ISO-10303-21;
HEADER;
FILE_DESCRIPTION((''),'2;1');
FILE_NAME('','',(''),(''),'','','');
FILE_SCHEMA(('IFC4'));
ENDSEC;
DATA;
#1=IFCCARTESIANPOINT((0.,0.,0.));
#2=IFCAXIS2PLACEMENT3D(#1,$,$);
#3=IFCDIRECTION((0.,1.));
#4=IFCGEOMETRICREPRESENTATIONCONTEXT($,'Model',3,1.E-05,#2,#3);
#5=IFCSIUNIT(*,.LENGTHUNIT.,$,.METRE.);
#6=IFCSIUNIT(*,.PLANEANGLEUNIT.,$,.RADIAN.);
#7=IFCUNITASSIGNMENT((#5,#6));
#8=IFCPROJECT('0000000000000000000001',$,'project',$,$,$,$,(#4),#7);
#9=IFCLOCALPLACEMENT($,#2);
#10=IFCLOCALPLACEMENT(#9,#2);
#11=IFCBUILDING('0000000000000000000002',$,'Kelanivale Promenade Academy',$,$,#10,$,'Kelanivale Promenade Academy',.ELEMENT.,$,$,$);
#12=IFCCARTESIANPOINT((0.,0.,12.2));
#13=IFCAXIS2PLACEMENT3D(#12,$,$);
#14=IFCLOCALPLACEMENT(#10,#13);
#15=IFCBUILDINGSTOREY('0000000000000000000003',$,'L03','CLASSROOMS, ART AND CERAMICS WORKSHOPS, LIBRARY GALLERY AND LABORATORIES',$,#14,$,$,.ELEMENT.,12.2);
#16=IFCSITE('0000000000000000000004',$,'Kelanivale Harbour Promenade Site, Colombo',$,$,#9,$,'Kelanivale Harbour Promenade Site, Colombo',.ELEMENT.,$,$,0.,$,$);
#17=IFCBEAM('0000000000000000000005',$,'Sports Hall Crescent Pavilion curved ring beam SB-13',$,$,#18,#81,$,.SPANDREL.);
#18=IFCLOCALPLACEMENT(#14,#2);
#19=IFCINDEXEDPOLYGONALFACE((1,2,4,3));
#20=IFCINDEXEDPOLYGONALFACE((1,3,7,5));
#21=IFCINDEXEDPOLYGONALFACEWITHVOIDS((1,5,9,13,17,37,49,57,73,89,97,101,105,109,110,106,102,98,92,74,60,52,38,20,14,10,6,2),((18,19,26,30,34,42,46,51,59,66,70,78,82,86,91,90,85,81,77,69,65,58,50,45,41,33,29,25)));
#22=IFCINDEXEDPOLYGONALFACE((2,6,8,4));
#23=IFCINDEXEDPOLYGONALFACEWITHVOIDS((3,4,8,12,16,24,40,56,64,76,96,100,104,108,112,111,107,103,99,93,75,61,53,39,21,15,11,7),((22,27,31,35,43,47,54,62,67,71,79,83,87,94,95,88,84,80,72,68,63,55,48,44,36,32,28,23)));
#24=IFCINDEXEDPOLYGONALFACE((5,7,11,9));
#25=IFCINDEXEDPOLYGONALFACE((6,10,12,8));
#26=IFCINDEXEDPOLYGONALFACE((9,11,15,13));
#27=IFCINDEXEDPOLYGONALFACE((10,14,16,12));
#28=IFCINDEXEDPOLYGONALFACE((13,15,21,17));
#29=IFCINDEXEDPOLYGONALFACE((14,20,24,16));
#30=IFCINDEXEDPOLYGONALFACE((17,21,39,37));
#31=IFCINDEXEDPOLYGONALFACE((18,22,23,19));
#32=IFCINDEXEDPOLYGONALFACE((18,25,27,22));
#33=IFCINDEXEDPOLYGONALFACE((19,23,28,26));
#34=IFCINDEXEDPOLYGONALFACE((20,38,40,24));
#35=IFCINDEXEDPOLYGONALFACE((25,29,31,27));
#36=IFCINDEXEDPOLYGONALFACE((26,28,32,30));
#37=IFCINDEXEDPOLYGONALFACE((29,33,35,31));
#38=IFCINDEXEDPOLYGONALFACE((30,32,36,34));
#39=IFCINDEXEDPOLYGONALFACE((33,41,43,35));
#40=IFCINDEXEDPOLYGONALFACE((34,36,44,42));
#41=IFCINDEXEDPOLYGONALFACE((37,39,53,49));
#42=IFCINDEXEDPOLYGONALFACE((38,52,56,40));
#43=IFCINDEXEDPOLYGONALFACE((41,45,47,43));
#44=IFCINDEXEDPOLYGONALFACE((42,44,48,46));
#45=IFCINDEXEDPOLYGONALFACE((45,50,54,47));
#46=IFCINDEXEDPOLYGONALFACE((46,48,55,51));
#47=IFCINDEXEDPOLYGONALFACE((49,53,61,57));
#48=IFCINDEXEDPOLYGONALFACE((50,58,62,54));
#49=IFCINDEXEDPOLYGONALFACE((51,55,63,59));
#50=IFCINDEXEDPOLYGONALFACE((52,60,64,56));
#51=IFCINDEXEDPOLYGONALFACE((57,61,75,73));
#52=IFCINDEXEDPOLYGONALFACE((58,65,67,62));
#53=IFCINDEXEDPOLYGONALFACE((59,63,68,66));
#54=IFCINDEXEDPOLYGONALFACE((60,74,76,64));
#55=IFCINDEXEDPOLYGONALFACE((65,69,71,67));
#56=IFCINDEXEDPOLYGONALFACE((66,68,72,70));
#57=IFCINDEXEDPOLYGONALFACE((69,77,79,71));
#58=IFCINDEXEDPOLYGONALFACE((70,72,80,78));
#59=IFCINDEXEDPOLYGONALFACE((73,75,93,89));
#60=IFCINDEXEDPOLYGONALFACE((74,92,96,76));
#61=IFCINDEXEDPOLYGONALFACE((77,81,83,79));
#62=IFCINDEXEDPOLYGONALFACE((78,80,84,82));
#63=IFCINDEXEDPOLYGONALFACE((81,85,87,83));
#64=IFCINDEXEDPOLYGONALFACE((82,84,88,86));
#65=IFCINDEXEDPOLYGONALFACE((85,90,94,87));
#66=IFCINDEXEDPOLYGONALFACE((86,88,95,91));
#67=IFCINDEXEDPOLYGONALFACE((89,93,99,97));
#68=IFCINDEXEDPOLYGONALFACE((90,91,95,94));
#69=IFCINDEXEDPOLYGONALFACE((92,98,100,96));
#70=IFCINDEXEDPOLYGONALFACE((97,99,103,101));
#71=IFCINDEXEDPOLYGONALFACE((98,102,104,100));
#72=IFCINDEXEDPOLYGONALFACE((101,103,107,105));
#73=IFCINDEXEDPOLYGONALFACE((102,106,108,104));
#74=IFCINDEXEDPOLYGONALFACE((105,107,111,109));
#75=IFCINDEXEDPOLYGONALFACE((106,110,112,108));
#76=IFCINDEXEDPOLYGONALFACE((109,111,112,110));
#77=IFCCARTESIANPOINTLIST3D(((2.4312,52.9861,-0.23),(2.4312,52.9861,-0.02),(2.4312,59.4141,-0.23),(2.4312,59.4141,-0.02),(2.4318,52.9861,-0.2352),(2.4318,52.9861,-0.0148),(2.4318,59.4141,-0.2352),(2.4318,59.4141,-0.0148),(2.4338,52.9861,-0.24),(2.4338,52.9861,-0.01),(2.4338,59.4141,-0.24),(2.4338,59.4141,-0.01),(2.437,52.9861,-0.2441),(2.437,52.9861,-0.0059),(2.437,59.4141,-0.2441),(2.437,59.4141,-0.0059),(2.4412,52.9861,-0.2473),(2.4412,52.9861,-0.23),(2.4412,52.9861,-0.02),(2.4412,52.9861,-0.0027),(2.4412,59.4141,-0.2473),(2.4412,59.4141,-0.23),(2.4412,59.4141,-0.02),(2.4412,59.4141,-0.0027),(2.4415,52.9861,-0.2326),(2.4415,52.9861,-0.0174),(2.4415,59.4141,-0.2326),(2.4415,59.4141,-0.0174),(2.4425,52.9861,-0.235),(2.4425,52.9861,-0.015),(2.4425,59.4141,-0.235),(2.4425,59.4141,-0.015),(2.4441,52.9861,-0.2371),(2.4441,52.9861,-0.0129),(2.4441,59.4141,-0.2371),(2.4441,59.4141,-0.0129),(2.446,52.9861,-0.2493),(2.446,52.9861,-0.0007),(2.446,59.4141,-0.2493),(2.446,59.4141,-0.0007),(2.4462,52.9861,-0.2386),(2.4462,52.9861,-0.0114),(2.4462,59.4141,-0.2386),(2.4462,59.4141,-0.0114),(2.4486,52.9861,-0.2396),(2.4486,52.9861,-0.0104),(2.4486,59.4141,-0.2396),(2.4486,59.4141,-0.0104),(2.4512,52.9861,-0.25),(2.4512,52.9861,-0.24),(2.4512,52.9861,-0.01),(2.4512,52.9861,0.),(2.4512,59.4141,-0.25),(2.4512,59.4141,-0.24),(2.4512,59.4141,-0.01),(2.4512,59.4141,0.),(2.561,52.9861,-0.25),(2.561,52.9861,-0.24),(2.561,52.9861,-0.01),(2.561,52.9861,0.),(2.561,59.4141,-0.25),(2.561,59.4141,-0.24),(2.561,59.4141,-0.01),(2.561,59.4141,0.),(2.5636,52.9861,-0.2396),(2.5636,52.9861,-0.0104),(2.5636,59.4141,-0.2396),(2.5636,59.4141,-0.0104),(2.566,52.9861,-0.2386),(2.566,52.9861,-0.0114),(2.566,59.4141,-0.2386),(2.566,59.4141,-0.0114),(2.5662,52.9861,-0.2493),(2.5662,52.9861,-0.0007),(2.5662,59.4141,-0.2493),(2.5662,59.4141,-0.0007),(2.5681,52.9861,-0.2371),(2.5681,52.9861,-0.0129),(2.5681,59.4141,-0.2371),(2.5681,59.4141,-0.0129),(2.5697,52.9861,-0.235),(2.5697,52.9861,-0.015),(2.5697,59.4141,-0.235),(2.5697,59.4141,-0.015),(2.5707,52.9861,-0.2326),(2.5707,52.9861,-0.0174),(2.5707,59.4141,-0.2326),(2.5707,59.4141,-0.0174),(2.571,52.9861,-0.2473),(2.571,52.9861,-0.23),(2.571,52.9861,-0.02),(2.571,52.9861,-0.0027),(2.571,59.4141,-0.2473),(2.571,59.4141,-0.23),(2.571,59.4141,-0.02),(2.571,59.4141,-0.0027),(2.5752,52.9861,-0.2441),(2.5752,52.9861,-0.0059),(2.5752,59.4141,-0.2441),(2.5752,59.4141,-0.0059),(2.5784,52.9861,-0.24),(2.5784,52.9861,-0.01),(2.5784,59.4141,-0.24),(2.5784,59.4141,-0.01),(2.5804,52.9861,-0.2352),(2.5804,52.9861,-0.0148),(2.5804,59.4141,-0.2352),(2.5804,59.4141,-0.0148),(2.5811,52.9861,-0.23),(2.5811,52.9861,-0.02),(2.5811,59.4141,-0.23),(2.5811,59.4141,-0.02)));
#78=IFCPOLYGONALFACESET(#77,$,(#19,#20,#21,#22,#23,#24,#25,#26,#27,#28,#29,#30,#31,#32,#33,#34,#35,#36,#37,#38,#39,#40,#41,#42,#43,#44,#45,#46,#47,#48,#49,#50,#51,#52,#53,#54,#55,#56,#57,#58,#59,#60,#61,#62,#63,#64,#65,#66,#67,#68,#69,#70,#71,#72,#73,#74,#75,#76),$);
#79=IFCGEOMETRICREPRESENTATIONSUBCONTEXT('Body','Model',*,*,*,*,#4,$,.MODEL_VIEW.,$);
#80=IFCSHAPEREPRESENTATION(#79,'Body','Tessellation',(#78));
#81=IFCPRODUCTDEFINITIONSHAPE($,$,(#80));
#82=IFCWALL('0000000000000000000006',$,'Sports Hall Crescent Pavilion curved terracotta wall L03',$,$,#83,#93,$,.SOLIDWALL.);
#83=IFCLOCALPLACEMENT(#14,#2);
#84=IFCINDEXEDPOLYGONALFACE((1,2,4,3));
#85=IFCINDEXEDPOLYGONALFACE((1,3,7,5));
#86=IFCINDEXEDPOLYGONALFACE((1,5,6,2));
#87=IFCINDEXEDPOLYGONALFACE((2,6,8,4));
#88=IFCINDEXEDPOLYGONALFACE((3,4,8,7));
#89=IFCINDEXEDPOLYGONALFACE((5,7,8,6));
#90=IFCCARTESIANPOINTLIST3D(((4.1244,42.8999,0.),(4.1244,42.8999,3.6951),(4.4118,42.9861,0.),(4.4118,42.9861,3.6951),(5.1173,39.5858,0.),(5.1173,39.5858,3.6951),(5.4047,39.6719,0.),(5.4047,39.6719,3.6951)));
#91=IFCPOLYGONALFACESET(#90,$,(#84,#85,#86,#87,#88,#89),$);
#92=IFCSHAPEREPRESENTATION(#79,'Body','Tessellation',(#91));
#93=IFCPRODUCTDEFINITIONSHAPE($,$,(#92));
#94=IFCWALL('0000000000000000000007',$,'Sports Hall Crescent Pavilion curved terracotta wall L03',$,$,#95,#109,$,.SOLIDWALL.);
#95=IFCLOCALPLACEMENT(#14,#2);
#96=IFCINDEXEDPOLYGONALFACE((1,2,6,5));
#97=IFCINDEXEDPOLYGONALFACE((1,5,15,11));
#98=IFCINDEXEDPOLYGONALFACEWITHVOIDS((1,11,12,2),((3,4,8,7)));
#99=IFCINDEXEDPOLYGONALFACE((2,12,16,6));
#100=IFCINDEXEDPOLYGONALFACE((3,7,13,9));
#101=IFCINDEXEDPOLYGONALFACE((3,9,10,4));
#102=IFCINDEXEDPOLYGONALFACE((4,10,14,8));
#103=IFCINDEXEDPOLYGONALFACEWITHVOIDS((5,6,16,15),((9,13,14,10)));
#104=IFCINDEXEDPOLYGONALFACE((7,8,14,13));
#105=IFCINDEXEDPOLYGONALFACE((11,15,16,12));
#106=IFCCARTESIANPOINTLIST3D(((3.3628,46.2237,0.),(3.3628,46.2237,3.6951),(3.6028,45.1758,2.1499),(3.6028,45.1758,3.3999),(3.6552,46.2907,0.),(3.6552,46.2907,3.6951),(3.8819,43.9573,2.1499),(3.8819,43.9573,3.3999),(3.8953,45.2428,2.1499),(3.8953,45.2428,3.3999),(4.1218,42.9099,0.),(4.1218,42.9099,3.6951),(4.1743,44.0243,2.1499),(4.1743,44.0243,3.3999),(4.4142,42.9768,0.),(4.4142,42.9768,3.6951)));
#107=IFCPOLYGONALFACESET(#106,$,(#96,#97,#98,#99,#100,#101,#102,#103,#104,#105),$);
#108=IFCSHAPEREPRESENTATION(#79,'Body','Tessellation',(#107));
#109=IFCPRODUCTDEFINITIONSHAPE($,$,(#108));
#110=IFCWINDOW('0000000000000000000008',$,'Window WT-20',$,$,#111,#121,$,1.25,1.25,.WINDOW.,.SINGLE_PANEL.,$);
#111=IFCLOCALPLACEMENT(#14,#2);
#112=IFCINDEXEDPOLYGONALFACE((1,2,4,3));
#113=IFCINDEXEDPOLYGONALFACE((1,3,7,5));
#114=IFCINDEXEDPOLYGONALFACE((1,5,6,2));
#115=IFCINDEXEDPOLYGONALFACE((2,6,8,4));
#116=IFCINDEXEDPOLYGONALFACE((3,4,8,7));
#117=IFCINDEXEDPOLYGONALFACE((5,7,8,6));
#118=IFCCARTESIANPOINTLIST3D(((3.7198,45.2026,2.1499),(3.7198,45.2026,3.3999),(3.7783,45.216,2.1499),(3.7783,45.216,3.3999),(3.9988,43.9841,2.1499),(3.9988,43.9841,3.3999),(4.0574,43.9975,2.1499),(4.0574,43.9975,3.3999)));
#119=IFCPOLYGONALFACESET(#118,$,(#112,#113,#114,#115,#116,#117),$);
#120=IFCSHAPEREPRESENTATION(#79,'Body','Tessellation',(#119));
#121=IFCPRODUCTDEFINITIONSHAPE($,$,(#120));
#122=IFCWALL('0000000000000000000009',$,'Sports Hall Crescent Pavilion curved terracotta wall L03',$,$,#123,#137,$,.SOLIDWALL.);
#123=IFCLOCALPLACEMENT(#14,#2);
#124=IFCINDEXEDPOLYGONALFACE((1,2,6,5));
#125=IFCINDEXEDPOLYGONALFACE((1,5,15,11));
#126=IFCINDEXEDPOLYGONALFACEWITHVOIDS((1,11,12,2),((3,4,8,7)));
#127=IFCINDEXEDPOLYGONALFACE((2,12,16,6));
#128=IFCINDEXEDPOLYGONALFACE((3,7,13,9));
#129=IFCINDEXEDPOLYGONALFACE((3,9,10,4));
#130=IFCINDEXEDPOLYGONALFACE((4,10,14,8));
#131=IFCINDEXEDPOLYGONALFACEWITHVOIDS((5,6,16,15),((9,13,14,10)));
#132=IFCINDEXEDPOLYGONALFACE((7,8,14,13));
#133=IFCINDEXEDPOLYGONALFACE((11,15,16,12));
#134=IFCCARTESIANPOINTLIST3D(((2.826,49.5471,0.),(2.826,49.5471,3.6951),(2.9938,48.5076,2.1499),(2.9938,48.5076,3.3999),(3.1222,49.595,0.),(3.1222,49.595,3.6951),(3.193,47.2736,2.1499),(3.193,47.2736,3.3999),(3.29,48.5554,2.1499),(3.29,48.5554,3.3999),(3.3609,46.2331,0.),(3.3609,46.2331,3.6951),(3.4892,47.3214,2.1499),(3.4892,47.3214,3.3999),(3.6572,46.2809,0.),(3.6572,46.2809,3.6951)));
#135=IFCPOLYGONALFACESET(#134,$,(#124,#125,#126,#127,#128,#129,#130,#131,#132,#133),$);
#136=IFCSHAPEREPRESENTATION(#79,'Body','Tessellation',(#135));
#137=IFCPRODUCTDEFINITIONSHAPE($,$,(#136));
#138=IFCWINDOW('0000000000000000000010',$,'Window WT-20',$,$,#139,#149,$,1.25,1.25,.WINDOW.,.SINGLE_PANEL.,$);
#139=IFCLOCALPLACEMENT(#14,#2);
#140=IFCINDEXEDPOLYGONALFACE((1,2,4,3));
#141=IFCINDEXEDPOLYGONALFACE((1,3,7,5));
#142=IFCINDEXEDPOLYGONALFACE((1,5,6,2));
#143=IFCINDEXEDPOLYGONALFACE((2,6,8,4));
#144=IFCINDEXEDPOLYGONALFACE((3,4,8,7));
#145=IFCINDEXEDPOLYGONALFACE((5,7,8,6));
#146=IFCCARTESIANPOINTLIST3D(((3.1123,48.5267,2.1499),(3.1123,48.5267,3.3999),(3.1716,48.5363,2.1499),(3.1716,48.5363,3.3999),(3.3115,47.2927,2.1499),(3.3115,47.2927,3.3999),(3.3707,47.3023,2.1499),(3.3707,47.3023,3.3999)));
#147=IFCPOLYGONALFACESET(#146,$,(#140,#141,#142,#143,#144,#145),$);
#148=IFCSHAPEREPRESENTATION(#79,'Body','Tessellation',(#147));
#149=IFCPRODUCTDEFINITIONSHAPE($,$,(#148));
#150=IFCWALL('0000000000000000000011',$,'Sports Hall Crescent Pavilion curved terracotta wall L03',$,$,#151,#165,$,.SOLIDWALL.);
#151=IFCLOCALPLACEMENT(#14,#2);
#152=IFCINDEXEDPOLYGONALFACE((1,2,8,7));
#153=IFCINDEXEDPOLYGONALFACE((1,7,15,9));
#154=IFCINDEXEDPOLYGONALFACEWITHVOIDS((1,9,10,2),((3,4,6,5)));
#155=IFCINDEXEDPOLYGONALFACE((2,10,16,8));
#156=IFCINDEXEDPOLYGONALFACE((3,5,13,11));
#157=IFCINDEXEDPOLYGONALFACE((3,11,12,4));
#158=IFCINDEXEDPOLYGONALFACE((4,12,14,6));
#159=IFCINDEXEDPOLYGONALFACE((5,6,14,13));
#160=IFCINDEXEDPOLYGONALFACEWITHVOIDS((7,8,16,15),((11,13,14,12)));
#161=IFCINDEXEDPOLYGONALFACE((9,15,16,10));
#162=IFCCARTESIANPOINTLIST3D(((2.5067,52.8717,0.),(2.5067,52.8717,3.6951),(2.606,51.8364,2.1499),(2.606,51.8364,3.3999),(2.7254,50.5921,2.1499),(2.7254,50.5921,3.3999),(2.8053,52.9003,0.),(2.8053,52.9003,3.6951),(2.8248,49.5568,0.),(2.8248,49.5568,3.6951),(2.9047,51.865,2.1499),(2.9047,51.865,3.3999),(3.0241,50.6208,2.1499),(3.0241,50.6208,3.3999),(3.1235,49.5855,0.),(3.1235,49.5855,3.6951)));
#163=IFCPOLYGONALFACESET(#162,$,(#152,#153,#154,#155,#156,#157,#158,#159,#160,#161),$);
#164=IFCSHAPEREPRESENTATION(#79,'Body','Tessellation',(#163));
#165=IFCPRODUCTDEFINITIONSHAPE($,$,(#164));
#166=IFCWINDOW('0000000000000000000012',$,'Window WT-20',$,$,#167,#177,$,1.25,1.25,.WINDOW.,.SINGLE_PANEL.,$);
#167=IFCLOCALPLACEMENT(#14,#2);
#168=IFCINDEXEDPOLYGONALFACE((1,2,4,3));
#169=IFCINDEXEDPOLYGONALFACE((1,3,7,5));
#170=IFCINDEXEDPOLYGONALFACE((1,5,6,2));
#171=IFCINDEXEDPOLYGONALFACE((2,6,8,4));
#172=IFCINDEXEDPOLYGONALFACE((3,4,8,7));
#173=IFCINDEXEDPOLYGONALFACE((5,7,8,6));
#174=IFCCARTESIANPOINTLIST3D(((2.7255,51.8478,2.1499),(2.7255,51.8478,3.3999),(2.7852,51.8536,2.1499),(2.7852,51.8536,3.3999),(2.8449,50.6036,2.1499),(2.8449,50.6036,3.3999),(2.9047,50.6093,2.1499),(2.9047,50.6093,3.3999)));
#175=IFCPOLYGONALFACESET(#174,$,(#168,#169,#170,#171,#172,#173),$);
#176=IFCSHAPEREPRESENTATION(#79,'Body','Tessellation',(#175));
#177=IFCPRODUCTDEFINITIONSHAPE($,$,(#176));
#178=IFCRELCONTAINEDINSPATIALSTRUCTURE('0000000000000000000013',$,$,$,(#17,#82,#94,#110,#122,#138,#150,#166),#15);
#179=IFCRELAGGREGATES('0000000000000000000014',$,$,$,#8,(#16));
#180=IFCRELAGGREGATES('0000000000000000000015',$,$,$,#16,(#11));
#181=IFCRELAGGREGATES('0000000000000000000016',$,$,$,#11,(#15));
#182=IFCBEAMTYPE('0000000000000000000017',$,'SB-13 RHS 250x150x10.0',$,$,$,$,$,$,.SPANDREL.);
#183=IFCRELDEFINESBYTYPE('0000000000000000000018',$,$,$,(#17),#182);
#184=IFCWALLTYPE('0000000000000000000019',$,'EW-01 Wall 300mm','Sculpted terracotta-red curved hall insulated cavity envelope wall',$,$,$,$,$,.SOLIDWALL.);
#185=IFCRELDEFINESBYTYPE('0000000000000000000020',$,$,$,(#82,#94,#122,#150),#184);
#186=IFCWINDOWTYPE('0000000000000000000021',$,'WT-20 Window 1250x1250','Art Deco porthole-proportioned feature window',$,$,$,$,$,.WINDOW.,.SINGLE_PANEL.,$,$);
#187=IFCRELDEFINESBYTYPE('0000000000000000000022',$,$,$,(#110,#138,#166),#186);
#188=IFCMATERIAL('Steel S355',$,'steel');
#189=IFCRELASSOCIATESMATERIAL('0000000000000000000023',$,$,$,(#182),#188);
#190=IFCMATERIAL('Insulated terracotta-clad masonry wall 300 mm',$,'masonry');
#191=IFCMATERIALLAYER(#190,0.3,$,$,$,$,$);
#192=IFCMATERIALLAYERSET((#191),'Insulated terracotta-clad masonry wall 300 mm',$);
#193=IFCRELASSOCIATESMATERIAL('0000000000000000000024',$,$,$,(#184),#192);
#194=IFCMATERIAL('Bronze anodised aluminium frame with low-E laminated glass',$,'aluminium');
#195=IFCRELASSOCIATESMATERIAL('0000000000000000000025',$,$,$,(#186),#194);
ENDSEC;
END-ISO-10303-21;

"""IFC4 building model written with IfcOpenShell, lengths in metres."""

from ifc_helpers import new_model, si_unit, direction, frame, frame_2d, origin, origin_2d, place, context, subcontext, project, spatial, rectangle, hollow_rectangle, extrude, material, layer, layer_set, material_profile, profile_set, type_object, element, fill, save


model = new_model("IFC4")

# Units and contexts
model_context = context("Model", 3, precision=1e-05, world=origin(), true_north=direction((0.0, 1.0)))
body_context = subcontext(model_context, "Body", "Model", "MODEL_VIEW")
ifc_project = project(units=[si_unit("LENGTHUNIT", "METRE"), si_unit("PLANEANGLEUNIT", "RADIAN")], contexts=[model_context])

# Site, building, storey
site_placement = place(None, origin())
site = spatial("IfcSite", under=ifc_project, at=site_placement, Name="Kelanivale Harbour Promenade Site, Colombo", LongName="Kelanivale Harbour Promenade Site, Colombo", CompositionType="ELEMENT", RefElevation=0.0)
building_placement = place(site_placement, origin())
building = spatial("IfcBuilding", under=site, at=building_placement, Name="Kelanivale Promenade Academy", LongName="Kelanivale Promenade Academy", CompositionType="ELEMENT")
storey_placement = place(building_placement, frame((0.0, 0.0, 12.2)))
storey = spatial("IfcBuildingStorey", under=building, at=storey_placement, Name="L03", Description="CLASSROOMS, ART AND CERAMICS WORKSHOPS, LIBRARY GALLERY AND LABORATORIES", CompositionType="ELEMENT", Elevation=12.2)

# Shared definitions
ifc_material_1 = material(Name="Steel S355", Category="steel")

# Beam
ifc_material_profile_1 = material_profile(ifc_material_1, hollow_rectangle(XDim=0.1499, YDim=0.25, WallThickness=0.01, InnerFilletRadius=0.01, OuterFilletRadius=0.02, at=origin_2d()), Name="RHS 250x150x10.0")
ifc_profile_set_1 = profile_set([ifc_material_profile_1], Name="Steel S355")
beam_type = type_object("IfcBeamType", Name="SB-13 RHS 250x150x10.0", PredefinedType="SPANDREL", material=ifc_profile_set_1)
beam_1_placement = place(storey_placement, frame((2.5061, 52.9861, -0.125), z_axis=(0.0, 1.0, 0.0), x_axis=(-1.0, 0.0, 0.0)))
element("IfcBeam", 1, at=beam_1_placement, inside=storey, type_object=beam_type, Name="Sports Hall Crescent Pavilion curved ring beam SB-13", PredefinedType="SPANDREL", context=body_context, shape_type="SweptSolid", body=[
    extrude(hollow_rectangle(XDim=0.1499, YDim=0.25, WallThickness=0.01, InnerFilletRadius=0.01, OuterFilletRadius=0.02, at=origin_2d()), origin(), (0.0, 0.0, 1.0), 6.428),
])

# Wall
ifc_material_2 = material(Name="Insulated terracotta-clad masonry wall 300 mm", Category="masonry")
ifc_layer_1 = layer(ifc_material_2, 0.3)
ifc_layer_set_1 = layer_set([ifc_layer_1], Name="Insulated terracotta-clad masonry wall 300 mm")
wall_type = type_object("IfcWallType", Name="EW-01 Wall 300mm", Description="Sculpted terracotta-red curved hall insulated cavity envelope wall", PredefinedType="SOLIDWALL", material=ifc_layer_set_1)
wall_1_placement = place(storey_placement, frame((4.2681, 42.9431, 0.0), z_axis=(0.0, 0.0, 1.0), x_axis=(0.286992, -0.957933, 0.0)))
element("IfcWall", 2, at=wall_1_placement, inside=storey, type_object=wall_type, Name="Sports Hall Crescent Pavilion curved terracotta wall L03", PredefinedType="SOLIDWALL", context=body_context, shape_type="SweptSolid", body=[
    extrude(rectangle(XDim=3.4597, YDim=0.3, at=frame_2d((1.73, 0.0))), origin(), (0.0, 0.0, 1.0), 3.6951),
])

# Walls, openings, windows
wall_2_placement = place(storey_placement, frame((3.509, 46.2571, 0.0), z_axis=(0.0, 0.0, 1.0), x_axis=(0.22326, -0.974759, 0.0)))
wall_2 = element("IfcWall", 3, at=wall_2_placement, inside=storey, type_object=wall_type, Name="Sports Hall Crescent Pavilion curved terracotta wall L03", PredefinedType="SOLIDWALL", context=body_context, shape_type="SweptSolid", body=[
    extrude(rectangle(XDim=3.3997, YDim=0.3, at=frame_2d((1.6997, 0.0))), origin(), (0.0, 0.0, 1.0), 3.6951),
])
opening_1_placement = place(wall_2_placement, frame((1.075, 0.0, 2.1499)))
opening_1 = element("IfcOpeningElement", 4, at=opening_1_placement, cuts=wall_2, PredefinedType="OPENING", context=body_context, shape_type="SweptSolid", body=[
    extrude(rectangle(XDim=1.25, YDim=1.25, at=frame_2d((0.625, 0.625))), frame((0.0, 0.1602, 0.0), z_axis=(0.0, -1.0, 0.0), x_axis=(1.0, 0.0, 0.0)), (0.0, 0.0, 1.0), 0.3201),
])
ifc_material_3 = material(Name="Bronze anodised aluminium frame with low-E laminated glass", Category="aluminium")
window_type = type_object("IfcWindowType", Name="WT-20 Window 1250x1250", Description="Art Deco porthole-proportioned feature window", PartitioningType="SINGLE_PANEL", PredefinedType="WINDOW", material=ifc_material_3)
window_1_placement = place(opening_1_placement, origin())
window_1 = element("IfcWindow", 5, at=window_1_placement, inside=storey, type_object=window_type, Name="Window WT-20", OverallHeight=1.25, OverallWidth=1.25, PartitioningType="SINGLE_PANEL", PredefinedType="WINDOW", context=body_context, shape_type="SweptSolid", body=[
    extrude(rectangle(XDim=1.25, YDim=1.25, at=frame_2d((0.625, 0.625))), frame((0.0, 0.03, 0.0), z_axis=(0.0, -1.0, 0.0), x_axis=(1.0, 0.0, 0.0)), (0.0, 0.0, 1.0), 0.0601),
])
fill(opening_1, window_1)
wall_3_placement = place(storey_placement, frame((2.9741, 49.571, 0.0), z_axis=(0.0, 0.0, 1.0), x_axis=(0.159349, -0.987222, 0.0)))
wall_3 = element("IfcWall", 6, at=wall_3_placement, inside=storey, type_object=wall_type, Name="Sports Hall Crescent Pavilion curved terracotta wall L03", PredefinedType="SOLIDWALL", context=body_context, shape_type="SweptSolid", body=[
    extrude(rectangle(XDim=3.3569, YDim=0.3, at=frame_2d((1.6785, 0.0))), origin(), (0.0, 0.0, 1.0), 3.6951),
])
opening_2_placement = place(wall_3_placement, frame((1.053, 0.0, 2.1499)))
opening_2 = element("IfcOpeningElement", 7, at=opening_2_placement, cuts=wall_3, PredefinedType="OPENING", context=body_context, shape_type="SweptSolid", body=[
    extrude(rectangle(XDim=1.25, YDim=1.25, at=frame_2d((0.625, 0.625))), frame((0.0, 0.1602, 0.0), z_axis=(0.0, -1.0, 0.0), x_axis=(1.0, 0.0, 0.0)), (0.0, 0.0, 1.0), 0.3201),
])
window_2_placement = place(opening_2_placement, origin())
window_2 = element("IfcWindow", 8, at=window_2_placement, inside=storey, type_object=window_type, Name="Window WT-20", OverallHeight=1.25, OverallWidth=1.25, PartitioningType="SINGLE_PANEL", PredefinedType="WINDOW", context=body_context, shape_type="SweptSolid", body=[
    extrude(rectangle(XDim=1.25, YDim=1.25, at=frame_2d((0.625, 0.625))), frame((0.0, 0.03, 0.0), z_axis=(0.0, -1.0, 0.0), x_axis=(1.0, 0.0, 0.0)), (0.0, 0.0, 1.0), 0.0601),
])
fill(opening_2, window_2)
wall_4_placement = place(storey_placement, frame((2.656, 52.886, 0.0), z_axis=(0.0, 0.0, 1.0), x_axis=(0.095525, -0.995427, 0.0)))
wall_4 = element("IfcWall", 9, at=wall_4_placement, inside=storey, type_object=wall_type, Name="Sports Hall Crescent Pavilion curved terracotta wall L03", PredefinedType="SOLIDWALL", context=body_context, shape_type="SweptSolid", body=[
    extrude(rectangle(XDim=3.3301, YDim=0.3, at=frame_2d((1.665, 0.0))), origin(), (0.0, 0.0, 1.0), 3.6951),
])
opening_3_placement = place(wall_4_placement, frame((1.04, 0.0, 2.1499)))
opening_3 = element("IfcOpeningElement", 10, at=opening_3_placement, cuts=wall_4, PredefinedType="OPENING", context=body_context, shape_type="SweptSolid", body=[
    extrude(rectangle(XDim=1.25, YDim=1.25, at=frame_2d((0.625, 0.625))), frame((0.0, 0.1602, 0.0), z_axis=(0.0, -1.0, 0.0), x_axis=(1.0, 0.0, 0.0)), (0.0, 0.0, 1.0), 0.3201),
])
window_3_placement = place(opening_3_placement, origin())
window_3 = element("IfcWindow", 11, at=window_3_placement, inside=storey, type_object=window_type, Name="Window WT-20", OverallHeight=1.25, OverallWidth=1.25, PartitioningType="SINGLE_PANEL", PredefinedType="WINDOW", context=body_context, shape_type="SweptSolid", body=[
    extrude(rectangle(XDim=1.25, YDim=1.25, at=frame_2d((0.625, 0.625))), frame((0.0, 0.03, 0.0), z_axis=(0.0, -1.0, 0.0), x_axis=(1.0, 0.0, 0.0)), (0.0, 0.0, 1.0), 0.0601),
])
fill(opening_3, window_3)

save(model, "model.ifc")
